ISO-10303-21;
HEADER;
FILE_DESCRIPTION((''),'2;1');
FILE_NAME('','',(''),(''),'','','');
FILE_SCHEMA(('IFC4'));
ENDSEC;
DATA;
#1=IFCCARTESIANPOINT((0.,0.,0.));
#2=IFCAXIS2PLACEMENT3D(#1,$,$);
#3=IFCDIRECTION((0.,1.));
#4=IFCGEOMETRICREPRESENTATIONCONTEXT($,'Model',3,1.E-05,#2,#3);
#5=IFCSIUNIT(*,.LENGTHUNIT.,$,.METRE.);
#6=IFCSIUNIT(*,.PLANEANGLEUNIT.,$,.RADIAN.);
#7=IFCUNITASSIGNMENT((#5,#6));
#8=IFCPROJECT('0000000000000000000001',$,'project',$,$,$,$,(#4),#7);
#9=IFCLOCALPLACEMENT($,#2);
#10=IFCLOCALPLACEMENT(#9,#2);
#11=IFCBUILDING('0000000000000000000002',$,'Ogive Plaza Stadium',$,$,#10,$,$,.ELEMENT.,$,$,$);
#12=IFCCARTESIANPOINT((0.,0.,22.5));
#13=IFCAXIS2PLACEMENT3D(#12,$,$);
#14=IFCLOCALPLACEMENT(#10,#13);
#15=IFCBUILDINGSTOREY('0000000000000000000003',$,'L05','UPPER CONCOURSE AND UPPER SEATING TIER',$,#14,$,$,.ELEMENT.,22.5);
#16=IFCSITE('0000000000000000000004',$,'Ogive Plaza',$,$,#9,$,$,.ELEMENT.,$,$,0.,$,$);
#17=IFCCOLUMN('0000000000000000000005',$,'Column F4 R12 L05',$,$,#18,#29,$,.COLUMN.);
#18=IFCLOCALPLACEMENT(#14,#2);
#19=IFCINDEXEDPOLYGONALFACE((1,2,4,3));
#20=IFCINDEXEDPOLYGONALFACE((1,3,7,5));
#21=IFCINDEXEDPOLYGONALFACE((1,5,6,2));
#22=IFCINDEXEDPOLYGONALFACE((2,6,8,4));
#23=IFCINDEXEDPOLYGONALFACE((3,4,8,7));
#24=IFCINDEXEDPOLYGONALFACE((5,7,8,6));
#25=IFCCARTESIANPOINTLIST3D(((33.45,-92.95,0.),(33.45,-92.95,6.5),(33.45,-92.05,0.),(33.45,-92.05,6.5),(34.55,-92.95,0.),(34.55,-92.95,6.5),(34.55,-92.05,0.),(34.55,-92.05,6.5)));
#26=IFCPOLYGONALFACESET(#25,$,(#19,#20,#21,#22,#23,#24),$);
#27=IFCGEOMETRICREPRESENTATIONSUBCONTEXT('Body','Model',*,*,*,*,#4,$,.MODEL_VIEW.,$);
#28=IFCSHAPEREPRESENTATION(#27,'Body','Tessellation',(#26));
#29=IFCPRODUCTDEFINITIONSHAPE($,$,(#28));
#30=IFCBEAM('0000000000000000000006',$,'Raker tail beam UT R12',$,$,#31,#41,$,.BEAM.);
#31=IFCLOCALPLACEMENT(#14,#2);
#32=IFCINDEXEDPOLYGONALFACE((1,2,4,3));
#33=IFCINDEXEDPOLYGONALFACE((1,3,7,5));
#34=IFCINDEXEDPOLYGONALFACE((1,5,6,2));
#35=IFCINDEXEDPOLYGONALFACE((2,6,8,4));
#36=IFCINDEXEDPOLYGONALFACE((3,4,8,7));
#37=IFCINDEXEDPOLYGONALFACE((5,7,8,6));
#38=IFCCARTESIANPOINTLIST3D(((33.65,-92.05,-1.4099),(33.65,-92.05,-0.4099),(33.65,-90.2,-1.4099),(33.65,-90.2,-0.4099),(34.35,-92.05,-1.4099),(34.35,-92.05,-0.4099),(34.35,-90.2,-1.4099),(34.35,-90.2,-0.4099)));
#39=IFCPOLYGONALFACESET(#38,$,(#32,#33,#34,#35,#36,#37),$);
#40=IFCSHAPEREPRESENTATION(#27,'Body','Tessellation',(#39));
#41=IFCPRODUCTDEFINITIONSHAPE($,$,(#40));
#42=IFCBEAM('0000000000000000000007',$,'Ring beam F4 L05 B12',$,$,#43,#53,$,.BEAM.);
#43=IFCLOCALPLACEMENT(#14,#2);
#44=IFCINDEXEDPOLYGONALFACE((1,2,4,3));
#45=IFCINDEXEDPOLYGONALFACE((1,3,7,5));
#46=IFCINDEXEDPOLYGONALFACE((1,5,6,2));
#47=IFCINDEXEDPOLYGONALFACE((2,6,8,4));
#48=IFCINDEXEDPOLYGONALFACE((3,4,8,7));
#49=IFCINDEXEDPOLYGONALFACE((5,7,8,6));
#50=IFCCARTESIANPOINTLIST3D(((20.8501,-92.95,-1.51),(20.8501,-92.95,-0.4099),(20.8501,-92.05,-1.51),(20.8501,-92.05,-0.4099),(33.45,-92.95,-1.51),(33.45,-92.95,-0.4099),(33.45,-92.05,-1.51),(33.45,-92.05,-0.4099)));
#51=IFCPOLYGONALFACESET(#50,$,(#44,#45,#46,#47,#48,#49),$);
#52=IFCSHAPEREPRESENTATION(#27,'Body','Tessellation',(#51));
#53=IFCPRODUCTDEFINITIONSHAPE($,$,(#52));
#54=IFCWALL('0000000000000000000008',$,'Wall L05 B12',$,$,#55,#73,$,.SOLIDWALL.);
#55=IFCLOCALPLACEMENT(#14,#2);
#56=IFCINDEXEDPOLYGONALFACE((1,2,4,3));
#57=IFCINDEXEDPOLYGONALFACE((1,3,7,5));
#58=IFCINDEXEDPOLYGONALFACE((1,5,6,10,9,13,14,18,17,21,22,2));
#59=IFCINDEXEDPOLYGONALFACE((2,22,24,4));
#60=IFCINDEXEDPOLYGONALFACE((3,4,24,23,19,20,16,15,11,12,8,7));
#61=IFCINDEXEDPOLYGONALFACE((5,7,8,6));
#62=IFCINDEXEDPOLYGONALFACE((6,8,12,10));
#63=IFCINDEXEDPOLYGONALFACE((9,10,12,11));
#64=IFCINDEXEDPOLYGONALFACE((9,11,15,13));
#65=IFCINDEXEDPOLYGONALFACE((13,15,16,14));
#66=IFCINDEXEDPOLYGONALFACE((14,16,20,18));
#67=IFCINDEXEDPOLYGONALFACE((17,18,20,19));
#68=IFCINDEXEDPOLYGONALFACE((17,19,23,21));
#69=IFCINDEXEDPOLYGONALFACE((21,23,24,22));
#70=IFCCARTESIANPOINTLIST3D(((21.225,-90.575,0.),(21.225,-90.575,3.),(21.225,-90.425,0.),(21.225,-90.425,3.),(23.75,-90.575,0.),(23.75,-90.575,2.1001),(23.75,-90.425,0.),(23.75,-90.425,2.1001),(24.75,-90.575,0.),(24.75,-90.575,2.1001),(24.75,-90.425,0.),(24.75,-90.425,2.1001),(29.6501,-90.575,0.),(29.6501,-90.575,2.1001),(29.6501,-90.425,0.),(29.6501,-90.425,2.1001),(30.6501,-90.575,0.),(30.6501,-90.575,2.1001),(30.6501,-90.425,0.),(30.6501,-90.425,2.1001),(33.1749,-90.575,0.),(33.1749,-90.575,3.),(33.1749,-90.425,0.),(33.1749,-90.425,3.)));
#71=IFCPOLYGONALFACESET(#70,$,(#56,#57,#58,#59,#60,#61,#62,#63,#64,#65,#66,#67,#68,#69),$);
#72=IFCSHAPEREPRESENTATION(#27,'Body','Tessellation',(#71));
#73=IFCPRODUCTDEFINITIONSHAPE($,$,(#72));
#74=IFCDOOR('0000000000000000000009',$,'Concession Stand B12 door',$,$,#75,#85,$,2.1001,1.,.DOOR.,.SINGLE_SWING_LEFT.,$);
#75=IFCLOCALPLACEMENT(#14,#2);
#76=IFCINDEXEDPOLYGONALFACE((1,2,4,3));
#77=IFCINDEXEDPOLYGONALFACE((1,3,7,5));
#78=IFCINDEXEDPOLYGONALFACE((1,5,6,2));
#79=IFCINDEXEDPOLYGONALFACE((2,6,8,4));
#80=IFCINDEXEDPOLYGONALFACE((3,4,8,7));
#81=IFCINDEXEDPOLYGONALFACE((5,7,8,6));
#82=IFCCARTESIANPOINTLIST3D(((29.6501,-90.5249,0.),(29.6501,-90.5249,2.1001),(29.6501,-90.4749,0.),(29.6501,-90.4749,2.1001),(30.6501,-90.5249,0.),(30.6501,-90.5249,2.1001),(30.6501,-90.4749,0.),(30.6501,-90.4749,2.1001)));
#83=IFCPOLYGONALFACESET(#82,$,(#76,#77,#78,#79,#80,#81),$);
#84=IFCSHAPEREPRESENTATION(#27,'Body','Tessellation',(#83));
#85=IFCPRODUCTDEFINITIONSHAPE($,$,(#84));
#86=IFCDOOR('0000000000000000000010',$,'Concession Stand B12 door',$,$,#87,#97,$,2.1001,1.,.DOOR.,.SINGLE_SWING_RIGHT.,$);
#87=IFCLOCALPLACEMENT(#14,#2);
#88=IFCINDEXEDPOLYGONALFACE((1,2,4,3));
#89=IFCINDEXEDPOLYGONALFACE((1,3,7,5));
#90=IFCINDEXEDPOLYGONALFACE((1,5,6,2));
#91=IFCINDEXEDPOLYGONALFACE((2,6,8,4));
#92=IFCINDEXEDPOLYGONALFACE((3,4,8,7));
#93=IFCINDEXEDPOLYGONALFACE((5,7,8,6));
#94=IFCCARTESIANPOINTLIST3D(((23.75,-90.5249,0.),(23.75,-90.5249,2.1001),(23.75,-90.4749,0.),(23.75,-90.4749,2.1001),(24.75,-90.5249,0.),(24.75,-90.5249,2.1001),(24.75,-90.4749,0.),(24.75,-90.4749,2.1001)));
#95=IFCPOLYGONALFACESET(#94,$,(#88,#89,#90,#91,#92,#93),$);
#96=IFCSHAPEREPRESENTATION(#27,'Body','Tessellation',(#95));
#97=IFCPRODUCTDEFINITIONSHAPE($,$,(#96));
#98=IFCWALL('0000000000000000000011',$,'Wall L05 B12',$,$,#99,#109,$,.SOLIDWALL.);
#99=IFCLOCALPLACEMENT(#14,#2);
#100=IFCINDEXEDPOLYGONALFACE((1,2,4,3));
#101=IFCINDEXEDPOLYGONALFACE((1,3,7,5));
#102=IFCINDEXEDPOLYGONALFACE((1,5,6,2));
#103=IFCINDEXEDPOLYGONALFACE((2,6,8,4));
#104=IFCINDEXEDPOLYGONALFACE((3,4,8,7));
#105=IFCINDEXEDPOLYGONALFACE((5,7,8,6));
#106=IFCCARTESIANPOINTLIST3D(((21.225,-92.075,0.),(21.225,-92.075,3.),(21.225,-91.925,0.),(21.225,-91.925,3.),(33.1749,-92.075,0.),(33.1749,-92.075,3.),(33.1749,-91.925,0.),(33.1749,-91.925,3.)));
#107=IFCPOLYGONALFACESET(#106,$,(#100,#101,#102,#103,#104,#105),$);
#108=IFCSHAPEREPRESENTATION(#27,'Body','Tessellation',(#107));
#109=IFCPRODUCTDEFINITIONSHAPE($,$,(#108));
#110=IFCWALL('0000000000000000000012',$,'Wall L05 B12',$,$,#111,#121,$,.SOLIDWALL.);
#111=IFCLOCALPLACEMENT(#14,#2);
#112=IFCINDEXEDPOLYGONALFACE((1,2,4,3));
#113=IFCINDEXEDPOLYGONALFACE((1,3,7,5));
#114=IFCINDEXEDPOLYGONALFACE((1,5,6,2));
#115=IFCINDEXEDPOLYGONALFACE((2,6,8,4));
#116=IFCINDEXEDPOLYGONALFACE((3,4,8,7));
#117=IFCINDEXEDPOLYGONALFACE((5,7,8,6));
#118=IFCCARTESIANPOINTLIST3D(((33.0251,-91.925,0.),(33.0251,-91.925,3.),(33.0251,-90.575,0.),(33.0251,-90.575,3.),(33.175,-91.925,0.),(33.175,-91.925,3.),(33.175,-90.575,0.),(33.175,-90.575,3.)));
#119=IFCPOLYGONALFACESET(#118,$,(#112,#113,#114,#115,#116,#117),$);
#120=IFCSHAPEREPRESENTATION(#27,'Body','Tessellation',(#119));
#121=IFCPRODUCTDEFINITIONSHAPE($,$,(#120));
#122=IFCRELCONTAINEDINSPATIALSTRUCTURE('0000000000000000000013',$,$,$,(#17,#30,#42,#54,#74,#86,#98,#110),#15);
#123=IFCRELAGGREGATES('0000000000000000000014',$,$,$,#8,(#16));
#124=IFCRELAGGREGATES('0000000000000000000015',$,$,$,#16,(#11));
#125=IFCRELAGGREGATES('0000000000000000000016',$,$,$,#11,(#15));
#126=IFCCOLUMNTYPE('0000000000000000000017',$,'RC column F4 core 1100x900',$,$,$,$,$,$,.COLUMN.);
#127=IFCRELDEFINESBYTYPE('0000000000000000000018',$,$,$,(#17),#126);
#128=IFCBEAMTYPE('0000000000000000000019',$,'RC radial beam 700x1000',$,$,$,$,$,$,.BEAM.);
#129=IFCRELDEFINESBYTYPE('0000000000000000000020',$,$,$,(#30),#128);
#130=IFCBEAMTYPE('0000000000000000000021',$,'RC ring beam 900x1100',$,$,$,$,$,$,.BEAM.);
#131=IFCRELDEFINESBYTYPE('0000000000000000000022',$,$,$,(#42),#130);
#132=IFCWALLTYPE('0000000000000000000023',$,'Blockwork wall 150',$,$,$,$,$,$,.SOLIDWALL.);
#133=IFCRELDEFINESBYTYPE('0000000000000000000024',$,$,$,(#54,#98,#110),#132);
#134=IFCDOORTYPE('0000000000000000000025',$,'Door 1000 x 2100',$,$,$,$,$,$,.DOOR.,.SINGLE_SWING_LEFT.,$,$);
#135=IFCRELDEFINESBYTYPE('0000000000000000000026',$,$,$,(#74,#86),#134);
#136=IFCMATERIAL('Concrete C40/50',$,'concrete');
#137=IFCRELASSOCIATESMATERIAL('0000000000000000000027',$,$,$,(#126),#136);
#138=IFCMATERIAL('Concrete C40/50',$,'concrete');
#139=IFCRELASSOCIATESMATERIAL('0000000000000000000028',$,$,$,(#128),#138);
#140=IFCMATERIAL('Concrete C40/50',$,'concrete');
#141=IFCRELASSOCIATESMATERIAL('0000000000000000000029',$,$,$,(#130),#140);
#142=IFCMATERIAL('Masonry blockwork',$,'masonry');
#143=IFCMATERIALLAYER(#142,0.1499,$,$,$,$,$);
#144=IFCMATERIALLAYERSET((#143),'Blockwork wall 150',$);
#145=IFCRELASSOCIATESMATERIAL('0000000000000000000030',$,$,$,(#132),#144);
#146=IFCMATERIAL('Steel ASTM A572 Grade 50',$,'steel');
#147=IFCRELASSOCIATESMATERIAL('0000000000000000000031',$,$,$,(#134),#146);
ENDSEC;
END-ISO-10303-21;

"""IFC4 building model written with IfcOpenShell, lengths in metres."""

from ifc_helpers import new_model, si_unit, direction, frame, frame_2d, origin, origin_2d, place, context, subcontext, project, spatial, rectangle, extrude, material, layer, layer_set, material_profile, profile_set, type_object, element, fill, save


model = new_model("IFC4")

# Units and contexts
model_context = context("Model", 3, precision=1e-05, world=origin(), true_north=direction((0.0, 1.0)))
body_context = subcontext(model_context, "Body", "Model", "MODEL_VIEW")
ifc_project = project(units=[si_unit("LENGTHUNIT", "METRE"), si_unit("PLANEANGLEUNIT", "RADIAN")], contexts=[model_context])

# Site, building, storey
site_placement = place(None, origin())
site = spatial("IfcSite", under=ifc_project, at=site_placement, Name="Ogive Plaza", CompositionType="ELEMENT", RefElevation=0.0)
building_placement = place(site_placement, origin())
building = spatial("IfcBuilding", under=site, at=building_placement, Name="Ogive Plaza Stadium", CompositionType="ELEMENT")
storey_placement = place(building_placement, frame((0.0, 0.0, 22.5)))
storey = spatial("IfcBuildingStorey", under=building, at=storey_placement, Name="L05", Description="UPPER CONCOURSE AND UPPER SEATING TIER", CompositionType="ELEMENT", Elevation=22.5)

# Column
ifc_material_1 = material(Name="Concrete C40/50", Category="concrete")
ifc_material_profile_1 = material_profile(ifc_material_1, rectangle(XDim=1.1001, YDim=0.8999, at=origin_2d()), Name="RC 1100x900")
ifc_profile_set_1 = profile_set([ifc_material_profile_1], Name="Concrete C40/50")
column_type = type_object("IfcColumnType", Name="RC column F4 core 1100x900", PredefinedType="COLUMN", material=ifc_profile_set_1)
column_placement = place(storey_placement, frame((34.0, -92.5, 0.0), z_axis=(0.0, 0.0, 1.0), x_axis=(1.0, 0.0, 0.0)))
element("IfcColumn", 1, at=column_placement, inside=storey, type_object=column_type, Name="Column F4 R12 L05", PredefinedType="COLUMN", context=body_context, shape_type="SweptSolid", body=[
    extrude(rectangle(XDim=1.1001, YDim=0.8999, at=origin_2d()), origin(), (0.0, 0.0, 1.0), 6.5),
])

# Beams
ifc_material_2 = material(Name="Concrete C40/50", Category="concrete")
ifc_material_profile_2 = material_profile(ifc_material_2, rectangle(XDim=0.7, YDim=1.0, at=origin_2d()), Name="RC 700x1000")
ifc_profile_set_2 = profile_set([ifc_material_profile_2], Name="Concrete C40/50")
beam_type_1 = type_object("IfcBeamType", Name="RC radial beam 700x1000", PredefinedType="BEAM", material=ifc_profile_set_2)
beam_1_placement = place(storey_placement, frame((34.0, -90.2, -0.9099), z_axis=(0.0, -1.0, 0.0), x_axis=(1.0, 0.0, 0.0)))
element("IfcBeam", 2, at=beam_1_placement, inside=storey, type_object=beam_type_1, Name="Raker tail beam UT R12", PredefinedType="BEAM", context=body_context, shape_type="SweptSolid", body=[
    extrude(rectangle(XDim=0.7, YDim=1.0, at=origin_2d()), origin(), (0.0, 0.0, 1.0), 1.8501),
])
ifc_material_3 = material(Name="Concrete C40/50", Category="concrete")
ifc_material_profile_3 = material_profile(ifc_material_3, rectangle(XDim=0.8999, YDim=1.1001, at=origin_2d()), Name="RC 900x1100")
ifc_profile_set_3 = profile_set([ifc_material_profile_3], Name="Concrete C40/50")
beam_type_2 = type_object("IfcBeamType", Name="RC ring beam 900x1100", PredefinedType="BEAM", material=ifc_profile_set_3)
beam_2_placement = place(storey_placement, frame((33.45, -92.5, -0.96), z_axis=(-1.0, 0.0, 0.0), x_axis=(0.0, -1.0, 0.0)))
element("IfcBeam", 3, at=beam_2_placement, inside=storey, type_object=beam_type_2, Name="Ring beam F4 L05 B12", PredefinedType="BEAM", context=body_context, shape_type="SweptSolid", body=[
    extrude(rectangle(XDim=0.8999, YDim=1.1001, at=origin_2d()), origin(), (0.0, 0.0, 1.0), 12.5999),
])

# Wall, openings, doors
ifc_material_4 = material(Name="Masonry blockwork", Category="masonry")
ifc_layer_1 = layer(ifc_material_4, 0.1499)
ifc_layer_set_1 = layer_set([ifc_layer_1], Name="Blockwork wall 150")
wall_type_1 = type_object("IfcWallType", Name="Blockwork wall 150", PredefinedType="SOLIDWALL", material=ifc_layer_set_1)
wall_1_placement = place(storey_placement, frame((33.175, -90.5, 0.0), z_axis=(0.0, 0.0, 1.0), x_axis=(-1.0, 0.0, 0.0)))
wall_1 = element("IfcWall", 4, at=wall_1_placement, inside=storey, type_object=wall_type_1, Name="Wall L05 B12", PredefinedType="SOLIDWALL", context=body_context, shape_type="SweptSolid", body=[
    extrude(rectangle(XDim=11.95, YDim=0.1499, at=frame_2d((5.9751, 0.0))), origin(), (0.0, 0.0, 1.0), 3.0),
])
opening_1_placement = place(wall_1_placement, frame((2.5249, 0.0, 0.0)))
opening_1 = element("IfcOpeningElement", 5, at=opening_1_placement, cuts=wall_1, PredefinedType="OPENING", context=body_context, shape_type="SweptSolid", body=[
    extrude(rectangle(XDim=1.0, YDim=2.1001, at=frame_2d((0.5, 1.05))), frame((0.0, 0.075, 0.0), z_axis=(0.0, -1.0, 0.0), x_axis=(1.0, 0.0, 0.0)), (0.0, 0.0, 1.0), 0.1499),
])
opening_2_placement = place(wall_1_placement, frame((8.425, 0.0, 0.0)))
opening_2 = element("IfcOpeningElement", 6, at=opening_2_placement, cuts=wall_1, PredefinedType="OPENING", context=body_context, shape_type="SweptSolid", body=[
    extrude(rectangle(XDim=1.0, YDim=2.1001, at=frame_2d((0.5, 1.05))), frame((0.0, 0.075, 0.0), z_axis=(0.0, -1.0, 0.0), x_axis=(1.0, 0.0, 0.0)), (0.0, 0.0, 1.0), 0.1499),
])
ifc_material_5 = material(Name="Steel ASTM A572 Grade 50", Category="steel")
door_type_1 = type_object("IfcDoorType", Name="Door 1000 x 2100", OperationType="SINGLE_SWING_LEFT", PredefinedType="DOOR", material=ifc_material_5)
door_1_placement = place(opening_1_placement, origin())
door_1 = element("IfcDoor", 7, at=door_1_placement, inside=storey, type_object=door_type_1, Name="Concession Stand B12 door", OperationType="SINGLE_SWING_LEFT", OverallHeight=2.1001, OverallWidth=1.0, PredefinedType="DOOR", context=body_context, shape_type="SweptSolid", body=[
    extrude(rectangle(XDim=1.0, YDim=2.1001, at=frame_2d((0.5, 1.05))), frame((0.0, 0.0249, 0.0), z_axis=(0.0, -1.0, 0.0), x_axis=(1.0, 0.0, 0.0)), (0.0, 0.0, 1.0), 0.05),
])
fill(opening_1, door_1)
door_2_placement = place(opening_2_placement, origin())
door_2 = element("IfcDoor", 8, at=door_2_placement, inside=storey, type_object=door_type_1, Name="Concession Stand B12 door", OperationType="SINGLE_SWING_RIGHT", OverallHeight=2.1001, OverallWidth=1.0, PredefinedType="DOOR", context=body_context, shape_type="SweptSolid", body=[
    extrude(rectangle(XDim=1.0, YDim=2.1001, at=frame_2d((0.5, 1.05))), frame((0.0, 0.0249, 0.0), z_axis=(0.0, -1.0, 0.0), x_axis=(1.0, 0.0, 0.0)), (0.0, 0.0, 1.0), 0.05),
])
fill(opening_2, door_2)

# Walls
wall_2_placement = place(storey_placement, frame((33.175, -92.0, 0.0), z_axis=(0.0, 0.0, 1.0), x_axis=(-1.0, 0.0, 0.0)))
element("IfcWall", 9, at=wall_2_placement, inside=storey, type_object=wall_type_1, Name="Wall L05 B12", PredefinedType="SOLIDWALL", context=body_context, shape_type="SweptSolid", body=[
    extrude(rectangle(XDim=11.95, YDim=0.1499, at=frame_2d((5.9751, 0.0))), origin(), (0.0, 0.0, 1.0), 3.0),
])
wall_3_placement = place(storey_placement, frame((33.1001, -90.575, 0.0), z_axis=(0.0, 0.0, 1.0), x_axis=(0.0, -1.0, 0.0)))
element("IfcWall", 10, at=wall_3_placement, inside=storey, type_object=wall_type_1, Name="Wall L05 B12", PredefinedType="SOLIDWALL", context=body_context, shape_type="SweptSolid", body=[
    extrude(rectangle(XDim=1.3501, YDim=0.1499, at=frame_2d((0.675, 0.0))), origin(), (0.0, 0.0, 1.0), 3.0),
])

save(model, "model.ifc")
